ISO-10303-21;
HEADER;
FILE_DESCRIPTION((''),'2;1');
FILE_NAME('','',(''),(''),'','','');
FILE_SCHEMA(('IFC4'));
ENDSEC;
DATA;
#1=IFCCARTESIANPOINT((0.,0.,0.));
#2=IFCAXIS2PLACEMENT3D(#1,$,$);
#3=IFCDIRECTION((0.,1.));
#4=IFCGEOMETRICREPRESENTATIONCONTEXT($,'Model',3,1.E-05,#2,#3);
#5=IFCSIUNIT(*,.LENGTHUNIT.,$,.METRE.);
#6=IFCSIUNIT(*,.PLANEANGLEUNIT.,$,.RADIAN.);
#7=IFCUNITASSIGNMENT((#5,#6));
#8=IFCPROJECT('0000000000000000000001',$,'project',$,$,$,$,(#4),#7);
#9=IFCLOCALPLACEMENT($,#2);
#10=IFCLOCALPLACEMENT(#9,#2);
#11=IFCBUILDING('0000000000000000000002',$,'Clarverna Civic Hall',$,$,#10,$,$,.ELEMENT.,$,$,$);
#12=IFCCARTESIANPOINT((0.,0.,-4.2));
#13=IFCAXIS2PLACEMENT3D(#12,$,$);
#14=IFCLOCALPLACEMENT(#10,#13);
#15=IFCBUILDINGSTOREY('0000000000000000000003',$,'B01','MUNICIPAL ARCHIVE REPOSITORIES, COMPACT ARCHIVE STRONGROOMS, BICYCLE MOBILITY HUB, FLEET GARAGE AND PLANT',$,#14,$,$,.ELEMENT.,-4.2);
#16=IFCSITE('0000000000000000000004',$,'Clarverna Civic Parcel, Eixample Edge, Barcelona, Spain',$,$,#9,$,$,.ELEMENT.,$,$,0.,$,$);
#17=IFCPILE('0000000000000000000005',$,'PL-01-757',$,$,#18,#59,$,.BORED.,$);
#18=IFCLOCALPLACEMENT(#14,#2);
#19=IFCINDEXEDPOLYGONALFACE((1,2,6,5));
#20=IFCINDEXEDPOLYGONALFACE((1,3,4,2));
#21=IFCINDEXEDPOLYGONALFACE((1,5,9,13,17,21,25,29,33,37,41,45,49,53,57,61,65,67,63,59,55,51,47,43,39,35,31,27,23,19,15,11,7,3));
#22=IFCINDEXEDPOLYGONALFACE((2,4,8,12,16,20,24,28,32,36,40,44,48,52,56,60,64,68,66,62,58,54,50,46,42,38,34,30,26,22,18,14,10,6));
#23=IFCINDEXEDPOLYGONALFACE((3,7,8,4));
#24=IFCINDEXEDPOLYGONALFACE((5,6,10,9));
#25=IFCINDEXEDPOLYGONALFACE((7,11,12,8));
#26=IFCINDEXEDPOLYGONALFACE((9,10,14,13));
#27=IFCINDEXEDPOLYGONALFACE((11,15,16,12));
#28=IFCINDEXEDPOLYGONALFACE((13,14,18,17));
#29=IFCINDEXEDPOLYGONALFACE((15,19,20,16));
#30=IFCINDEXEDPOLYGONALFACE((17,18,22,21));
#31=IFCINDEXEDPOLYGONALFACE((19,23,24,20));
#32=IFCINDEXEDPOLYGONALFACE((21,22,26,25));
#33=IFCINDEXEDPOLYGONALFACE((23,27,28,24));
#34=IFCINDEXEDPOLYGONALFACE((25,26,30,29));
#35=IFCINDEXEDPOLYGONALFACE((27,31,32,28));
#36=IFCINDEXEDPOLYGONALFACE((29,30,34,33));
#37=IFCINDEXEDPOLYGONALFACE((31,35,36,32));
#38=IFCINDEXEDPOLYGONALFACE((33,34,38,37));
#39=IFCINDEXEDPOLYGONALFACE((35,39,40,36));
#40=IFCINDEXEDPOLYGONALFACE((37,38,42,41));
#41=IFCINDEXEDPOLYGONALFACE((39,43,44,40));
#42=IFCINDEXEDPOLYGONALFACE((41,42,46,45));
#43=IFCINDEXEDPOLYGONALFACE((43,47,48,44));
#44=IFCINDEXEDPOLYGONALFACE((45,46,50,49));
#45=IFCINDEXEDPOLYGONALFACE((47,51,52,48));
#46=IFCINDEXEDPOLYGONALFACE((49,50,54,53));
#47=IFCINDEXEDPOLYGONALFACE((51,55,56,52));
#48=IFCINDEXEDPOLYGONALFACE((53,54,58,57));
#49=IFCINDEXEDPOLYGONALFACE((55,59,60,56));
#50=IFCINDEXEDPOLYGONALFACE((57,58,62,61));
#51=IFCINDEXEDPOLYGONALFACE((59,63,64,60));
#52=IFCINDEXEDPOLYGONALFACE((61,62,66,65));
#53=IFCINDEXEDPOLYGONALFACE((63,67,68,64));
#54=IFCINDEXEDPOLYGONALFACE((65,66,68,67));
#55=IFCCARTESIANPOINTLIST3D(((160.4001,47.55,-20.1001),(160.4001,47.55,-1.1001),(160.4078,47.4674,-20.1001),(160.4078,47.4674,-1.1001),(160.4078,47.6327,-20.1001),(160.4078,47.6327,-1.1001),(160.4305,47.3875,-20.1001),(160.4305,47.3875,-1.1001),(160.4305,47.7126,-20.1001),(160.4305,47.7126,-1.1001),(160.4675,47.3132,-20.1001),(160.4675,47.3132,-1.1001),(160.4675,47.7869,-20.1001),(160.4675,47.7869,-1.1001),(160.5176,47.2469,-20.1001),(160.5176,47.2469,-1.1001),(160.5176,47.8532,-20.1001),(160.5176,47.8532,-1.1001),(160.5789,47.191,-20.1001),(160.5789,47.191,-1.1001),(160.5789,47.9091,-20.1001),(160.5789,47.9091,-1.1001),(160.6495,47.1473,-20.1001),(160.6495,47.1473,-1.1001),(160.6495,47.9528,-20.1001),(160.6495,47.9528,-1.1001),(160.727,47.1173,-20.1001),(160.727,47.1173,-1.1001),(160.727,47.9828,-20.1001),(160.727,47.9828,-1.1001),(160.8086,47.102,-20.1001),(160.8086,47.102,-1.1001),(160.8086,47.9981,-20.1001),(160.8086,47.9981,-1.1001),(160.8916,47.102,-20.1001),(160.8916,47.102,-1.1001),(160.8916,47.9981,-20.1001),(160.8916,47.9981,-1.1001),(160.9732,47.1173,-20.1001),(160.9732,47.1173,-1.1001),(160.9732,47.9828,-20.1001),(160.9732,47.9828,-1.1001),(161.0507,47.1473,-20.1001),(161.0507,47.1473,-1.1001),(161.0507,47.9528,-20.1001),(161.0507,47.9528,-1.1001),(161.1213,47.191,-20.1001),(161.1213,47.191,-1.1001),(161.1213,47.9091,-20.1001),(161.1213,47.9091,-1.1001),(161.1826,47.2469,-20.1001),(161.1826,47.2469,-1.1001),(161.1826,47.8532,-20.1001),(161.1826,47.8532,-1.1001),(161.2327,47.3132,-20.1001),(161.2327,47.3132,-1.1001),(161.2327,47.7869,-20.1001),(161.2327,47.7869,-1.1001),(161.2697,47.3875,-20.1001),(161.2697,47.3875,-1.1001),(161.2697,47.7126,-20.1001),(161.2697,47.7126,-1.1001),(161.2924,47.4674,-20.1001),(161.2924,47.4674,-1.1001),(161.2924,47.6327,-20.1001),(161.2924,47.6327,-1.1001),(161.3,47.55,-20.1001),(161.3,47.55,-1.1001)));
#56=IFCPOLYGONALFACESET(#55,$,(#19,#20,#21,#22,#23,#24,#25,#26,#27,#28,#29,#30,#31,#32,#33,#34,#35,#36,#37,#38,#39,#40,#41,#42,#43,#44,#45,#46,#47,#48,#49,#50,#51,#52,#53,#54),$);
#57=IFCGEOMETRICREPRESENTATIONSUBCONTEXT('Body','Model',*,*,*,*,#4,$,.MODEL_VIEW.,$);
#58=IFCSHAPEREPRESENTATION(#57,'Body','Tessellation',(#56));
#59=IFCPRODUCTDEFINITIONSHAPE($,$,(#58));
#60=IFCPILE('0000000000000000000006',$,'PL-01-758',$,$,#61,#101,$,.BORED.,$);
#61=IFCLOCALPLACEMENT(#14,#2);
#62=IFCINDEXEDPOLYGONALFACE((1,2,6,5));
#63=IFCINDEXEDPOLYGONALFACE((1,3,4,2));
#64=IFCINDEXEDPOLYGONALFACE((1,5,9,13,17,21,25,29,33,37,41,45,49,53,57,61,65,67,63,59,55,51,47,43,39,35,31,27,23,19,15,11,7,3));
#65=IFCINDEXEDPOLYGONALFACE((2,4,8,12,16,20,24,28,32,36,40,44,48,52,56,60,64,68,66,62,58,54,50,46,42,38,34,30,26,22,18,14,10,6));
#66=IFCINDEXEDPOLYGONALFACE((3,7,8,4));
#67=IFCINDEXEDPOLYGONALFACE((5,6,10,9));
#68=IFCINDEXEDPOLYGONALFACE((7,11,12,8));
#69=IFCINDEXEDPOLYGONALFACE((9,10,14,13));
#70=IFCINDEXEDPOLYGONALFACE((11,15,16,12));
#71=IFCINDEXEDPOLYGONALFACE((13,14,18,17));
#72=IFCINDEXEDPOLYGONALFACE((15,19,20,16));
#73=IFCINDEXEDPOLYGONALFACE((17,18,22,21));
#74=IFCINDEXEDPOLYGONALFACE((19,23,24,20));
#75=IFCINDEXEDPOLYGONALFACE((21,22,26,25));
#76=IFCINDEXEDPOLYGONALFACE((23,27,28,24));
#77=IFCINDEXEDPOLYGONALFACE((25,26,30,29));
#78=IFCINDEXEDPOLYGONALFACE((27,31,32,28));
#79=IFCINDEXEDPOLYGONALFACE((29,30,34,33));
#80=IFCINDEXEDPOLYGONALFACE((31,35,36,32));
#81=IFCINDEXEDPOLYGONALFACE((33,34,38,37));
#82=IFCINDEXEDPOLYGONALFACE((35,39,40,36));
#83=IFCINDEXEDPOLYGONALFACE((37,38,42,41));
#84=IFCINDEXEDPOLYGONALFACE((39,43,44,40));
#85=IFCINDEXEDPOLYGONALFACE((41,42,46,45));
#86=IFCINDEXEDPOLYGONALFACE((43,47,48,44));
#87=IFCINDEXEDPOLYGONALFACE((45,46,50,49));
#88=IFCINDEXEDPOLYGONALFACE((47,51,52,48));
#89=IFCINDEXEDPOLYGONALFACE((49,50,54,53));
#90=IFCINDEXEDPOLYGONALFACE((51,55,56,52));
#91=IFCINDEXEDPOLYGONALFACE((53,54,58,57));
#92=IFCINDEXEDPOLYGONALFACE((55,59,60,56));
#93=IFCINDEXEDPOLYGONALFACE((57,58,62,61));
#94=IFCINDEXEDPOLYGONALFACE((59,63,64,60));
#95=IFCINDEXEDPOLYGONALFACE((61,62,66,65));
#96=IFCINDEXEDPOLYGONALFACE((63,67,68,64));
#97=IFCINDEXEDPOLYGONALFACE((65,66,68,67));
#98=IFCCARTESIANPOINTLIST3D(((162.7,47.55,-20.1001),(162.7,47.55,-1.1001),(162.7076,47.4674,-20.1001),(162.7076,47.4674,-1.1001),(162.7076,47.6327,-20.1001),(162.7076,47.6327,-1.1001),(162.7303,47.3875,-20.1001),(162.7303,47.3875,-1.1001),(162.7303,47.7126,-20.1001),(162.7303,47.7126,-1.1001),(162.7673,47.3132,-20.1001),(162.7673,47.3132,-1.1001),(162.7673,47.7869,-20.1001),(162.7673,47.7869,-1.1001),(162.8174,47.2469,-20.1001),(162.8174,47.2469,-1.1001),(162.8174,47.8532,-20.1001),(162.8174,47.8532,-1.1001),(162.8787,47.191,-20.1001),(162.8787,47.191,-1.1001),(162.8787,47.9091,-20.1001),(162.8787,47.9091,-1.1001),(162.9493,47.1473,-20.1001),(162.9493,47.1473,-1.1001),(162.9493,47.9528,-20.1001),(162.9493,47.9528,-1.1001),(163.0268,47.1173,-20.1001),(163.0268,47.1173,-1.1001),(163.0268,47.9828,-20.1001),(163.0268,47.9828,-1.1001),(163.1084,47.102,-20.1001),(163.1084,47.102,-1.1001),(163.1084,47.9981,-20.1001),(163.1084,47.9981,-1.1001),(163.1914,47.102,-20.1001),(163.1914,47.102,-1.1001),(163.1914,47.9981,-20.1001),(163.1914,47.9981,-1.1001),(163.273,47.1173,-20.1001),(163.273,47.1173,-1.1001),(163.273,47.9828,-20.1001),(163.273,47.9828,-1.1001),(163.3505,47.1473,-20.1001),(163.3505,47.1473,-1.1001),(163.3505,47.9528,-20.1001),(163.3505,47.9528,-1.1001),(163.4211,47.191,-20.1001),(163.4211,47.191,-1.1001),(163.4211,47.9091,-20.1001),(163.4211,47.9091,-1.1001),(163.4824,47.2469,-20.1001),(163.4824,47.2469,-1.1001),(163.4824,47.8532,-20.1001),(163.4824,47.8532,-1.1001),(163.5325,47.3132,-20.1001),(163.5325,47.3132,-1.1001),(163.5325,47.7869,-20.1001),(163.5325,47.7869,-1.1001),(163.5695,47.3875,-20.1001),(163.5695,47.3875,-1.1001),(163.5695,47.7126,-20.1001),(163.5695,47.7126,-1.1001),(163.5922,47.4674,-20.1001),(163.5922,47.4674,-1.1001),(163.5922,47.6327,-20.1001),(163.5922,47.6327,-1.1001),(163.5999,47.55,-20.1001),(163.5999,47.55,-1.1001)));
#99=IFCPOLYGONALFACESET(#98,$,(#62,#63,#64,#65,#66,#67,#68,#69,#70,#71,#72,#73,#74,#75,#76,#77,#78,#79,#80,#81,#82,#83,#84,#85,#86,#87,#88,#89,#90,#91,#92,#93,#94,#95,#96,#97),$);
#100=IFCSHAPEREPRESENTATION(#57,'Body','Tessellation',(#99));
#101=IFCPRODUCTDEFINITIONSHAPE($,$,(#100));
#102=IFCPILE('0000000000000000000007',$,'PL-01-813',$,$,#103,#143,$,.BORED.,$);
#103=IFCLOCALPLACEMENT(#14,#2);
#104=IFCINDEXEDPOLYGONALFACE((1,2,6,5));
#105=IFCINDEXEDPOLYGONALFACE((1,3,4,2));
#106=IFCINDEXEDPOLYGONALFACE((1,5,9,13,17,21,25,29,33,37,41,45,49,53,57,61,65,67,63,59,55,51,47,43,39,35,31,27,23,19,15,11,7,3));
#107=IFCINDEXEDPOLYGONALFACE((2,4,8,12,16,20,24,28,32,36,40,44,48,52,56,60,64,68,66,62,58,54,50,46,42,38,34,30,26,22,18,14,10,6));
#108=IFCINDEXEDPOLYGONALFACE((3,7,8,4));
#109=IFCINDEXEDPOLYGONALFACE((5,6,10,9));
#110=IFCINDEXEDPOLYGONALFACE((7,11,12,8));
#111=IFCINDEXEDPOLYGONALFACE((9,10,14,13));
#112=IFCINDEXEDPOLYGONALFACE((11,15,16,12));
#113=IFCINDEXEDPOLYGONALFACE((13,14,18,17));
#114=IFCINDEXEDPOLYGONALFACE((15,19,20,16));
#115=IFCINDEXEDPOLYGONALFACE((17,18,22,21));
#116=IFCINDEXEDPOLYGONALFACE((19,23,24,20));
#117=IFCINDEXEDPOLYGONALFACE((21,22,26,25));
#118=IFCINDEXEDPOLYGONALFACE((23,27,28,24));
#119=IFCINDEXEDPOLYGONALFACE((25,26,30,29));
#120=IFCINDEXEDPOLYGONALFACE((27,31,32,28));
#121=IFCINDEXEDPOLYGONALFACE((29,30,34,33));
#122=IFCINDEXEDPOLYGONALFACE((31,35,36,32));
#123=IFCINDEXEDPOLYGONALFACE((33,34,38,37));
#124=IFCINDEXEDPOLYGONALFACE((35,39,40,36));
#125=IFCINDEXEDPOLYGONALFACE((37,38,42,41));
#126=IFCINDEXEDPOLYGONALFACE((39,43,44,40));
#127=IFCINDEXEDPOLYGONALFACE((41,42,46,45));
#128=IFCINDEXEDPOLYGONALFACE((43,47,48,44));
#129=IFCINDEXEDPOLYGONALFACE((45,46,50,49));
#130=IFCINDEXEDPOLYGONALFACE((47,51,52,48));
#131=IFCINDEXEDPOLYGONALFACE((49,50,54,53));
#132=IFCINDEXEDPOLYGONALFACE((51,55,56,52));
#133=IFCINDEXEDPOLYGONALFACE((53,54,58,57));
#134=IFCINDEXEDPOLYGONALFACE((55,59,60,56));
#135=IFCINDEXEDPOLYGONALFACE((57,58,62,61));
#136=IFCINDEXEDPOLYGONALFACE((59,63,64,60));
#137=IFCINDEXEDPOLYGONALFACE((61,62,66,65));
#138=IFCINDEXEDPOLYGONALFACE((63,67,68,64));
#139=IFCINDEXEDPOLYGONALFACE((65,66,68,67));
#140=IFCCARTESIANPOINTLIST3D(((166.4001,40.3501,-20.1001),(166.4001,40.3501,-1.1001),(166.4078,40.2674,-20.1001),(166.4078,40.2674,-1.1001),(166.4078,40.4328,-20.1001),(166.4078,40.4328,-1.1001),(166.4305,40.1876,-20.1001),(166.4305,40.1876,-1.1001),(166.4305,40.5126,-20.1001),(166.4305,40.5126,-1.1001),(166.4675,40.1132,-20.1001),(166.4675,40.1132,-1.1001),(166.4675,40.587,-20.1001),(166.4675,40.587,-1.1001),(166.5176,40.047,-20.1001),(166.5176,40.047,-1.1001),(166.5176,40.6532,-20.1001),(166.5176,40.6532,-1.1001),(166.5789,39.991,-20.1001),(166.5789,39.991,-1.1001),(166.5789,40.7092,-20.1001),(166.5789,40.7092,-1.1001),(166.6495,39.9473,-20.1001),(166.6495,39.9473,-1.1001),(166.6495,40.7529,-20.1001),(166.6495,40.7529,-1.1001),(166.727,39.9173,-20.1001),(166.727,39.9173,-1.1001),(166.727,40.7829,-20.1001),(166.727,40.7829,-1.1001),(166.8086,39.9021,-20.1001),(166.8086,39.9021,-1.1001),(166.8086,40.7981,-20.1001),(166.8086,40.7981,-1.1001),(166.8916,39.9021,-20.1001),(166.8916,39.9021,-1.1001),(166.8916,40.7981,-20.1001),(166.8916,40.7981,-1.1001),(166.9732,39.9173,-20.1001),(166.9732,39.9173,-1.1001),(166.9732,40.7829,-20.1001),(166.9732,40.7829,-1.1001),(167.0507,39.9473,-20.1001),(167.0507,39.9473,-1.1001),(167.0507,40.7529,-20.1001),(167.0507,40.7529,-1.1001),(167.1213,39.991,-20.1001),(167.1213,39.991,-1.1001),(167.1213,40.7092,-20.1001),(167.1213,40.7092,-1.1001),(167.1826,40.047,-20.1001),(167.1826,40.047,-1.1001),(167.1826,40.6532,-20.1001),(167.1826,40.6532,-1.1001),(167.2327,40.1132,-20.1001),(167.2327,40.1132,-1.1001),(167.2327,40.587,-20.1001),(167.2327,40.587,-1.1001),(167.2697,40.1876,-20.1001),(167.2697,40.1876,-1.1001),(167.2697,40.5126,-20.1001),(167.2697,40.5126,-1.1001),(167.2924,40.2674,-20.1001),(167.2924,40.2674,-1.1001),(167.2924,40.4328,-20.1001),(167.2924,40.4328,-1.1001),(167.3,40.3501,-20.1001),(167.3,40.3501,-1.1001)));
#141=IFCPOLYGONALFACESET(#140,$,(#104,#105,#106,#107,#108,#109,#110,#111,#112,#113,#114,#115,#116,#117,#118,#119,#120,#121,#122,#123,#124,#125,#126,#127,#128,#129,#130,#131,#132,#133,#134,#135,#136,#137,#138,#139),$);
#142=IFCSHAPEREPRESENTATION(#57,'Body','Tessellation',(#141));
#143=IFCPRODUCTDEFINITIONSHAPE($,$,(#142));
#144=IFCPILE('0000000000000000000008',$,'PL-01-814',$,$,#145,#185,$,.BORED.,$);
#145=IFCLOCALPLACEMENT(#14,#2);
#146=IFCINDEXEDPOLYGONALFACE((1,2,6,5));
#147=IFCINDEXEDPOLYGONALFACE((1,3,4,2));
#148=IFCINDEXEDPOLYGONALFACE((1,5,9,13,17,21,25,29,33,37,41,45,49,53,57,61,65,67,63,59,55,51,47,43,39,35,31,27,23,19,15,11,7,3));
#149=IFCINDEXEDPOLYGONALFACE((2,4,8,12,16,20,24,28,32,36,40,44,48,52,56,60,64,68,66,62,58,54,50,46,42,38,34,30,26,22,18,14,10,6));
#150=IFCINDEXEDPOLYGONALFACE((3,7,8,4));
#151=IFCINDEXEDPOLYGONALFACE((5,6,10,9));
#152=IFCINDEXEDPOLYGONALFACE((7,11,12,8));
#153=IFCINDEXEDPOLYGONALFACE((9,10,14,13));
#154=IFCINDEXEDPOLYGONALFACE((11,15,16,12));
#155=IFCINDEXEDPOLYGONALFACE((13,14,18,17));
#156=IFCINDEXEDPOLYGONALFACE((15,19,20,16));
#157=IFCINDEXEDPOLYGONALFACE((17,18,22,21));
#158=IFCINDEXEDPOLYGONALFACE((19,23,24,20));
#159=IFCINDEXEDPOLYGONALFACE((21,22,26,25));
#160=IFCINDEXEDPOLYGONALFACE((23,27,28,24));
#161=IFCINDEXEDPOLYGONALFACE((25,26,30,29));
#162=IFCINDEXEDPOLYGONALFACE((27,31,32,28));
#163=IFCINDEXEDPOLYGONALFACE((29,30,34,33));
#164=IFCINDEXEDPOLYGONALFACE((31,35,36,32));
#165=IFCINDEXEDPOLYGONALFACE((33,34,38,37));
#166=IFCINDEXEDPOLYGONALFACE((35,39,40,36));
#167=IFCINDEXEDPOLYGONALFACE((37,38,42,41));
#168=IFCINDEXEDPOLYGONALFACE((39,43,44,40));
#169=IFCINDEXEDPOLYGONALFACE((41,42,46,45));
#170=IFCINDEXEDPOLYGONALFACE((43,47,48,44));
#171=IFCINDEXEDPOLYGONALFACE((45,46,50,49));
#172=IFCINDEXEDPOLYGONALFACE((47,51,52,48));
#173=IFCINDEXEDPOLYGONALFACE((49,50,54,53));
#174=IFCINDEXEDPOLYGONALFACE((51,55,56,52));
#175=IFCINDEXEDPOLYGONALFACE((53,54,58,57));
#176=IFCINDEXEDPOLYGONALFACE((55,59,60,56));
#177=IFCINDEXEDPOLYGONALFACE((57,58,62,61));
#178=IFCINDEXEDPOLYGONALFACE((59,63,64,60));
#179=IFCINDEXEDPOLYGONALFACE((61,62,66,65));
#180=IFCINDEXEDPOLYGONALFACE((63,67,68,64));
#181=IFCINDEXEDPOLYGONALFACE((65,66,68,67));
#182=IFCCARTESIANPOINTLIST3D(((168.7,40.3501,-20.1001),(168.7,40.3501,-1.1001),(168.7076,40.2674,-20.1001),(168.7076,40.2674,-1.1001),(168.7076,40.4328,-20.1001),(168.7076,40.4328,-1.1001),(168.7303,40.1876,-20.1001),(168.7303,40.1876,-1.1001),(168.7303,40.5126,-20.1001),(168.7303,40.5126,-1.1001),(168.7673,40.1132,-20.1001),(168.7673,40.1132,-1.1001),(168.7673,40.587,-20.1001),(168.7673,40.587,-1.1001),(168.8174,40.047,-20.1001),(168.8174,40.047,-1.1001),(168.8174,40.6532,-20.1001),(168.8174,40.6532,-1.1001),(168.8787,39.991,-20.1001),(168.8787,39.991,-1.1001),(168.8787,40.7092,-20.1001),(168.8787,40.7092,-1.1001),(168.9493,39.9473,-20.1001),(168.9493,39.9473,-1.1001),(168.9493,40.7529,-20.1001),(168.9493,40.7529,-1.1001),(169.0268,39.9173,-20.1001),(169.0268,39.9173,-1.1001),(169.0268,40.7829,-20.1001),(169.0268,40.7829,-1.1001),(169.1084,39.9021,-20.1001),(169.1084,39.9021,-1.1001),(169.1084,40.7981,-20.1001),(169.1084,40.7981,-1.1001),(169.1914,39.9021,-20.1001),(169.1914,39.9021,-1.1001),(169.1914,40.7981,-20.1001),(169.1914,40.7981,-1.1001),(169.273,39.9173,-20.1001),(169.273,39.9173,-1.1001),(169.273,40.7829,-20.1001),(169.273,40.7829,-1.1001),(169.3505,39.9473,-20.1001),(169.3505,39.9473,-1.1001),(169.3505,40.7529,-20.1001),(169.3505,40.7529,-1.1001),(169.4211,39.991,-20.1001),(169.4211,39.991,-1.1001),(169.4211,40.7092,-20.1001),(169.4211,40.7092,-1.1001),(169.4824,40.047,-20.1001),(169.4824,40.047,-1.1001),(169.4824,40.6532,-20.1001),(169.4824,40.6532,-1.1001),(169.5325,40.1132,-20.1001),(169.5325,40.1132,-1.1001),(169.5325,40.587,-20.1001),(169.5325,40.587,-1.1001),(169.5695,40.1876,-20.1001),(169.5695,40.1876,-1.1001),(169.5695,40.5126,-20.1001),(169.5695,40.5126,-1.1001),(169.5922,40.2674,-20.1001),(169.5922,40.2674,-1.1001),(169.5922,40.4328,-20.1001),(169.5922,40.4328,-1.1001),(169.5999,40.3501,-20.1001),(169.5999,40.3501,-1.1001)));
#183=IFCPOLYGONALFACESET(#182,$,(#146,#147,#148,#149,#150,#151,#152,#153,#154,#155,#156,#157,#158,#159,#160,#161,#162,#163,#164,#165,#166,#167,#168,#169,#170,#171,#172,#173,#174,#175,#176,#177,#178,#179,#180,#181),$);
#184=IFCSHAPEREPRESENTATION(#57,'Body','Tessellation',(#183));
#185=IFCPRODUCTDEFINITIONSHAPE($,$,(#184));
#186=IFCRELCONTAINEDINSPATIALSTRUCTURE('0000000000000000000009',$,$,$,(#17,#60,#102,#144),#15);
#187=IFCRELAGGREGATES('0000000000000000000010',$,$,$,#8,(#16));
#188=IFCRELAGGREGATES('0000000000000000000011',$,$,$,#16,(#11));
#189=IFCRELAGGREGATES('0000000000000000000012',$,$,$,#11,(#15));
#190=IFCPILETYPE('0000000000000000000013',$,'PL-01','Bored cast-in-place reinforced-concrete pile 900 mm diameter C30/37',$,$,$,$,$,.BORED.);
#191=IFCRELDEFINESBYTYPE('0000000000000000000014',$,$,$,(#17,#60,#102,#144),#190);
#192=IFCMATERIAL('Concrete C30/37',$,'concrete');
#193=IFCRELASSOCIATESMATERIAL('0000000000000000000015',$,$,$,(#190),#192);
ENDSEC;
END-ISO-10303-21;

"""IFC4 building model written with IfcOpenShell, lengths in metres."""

from ifc_helpers import new_model, si_unit, direction, frame, origin, origin_2d, place, context, subcontext, project, spatial, circle, extrude, material, material_profile, profile_set, type_object, element, save


model = new_model("IFC4")

# Units and contexts
model_context = context("Model", 3, precision=1e-05, world=origin(), true_north=direction((0.0, 1.0)))
body_context = subcontext(model_context, "Body", "Model", "MODEL_VIEW")
ifc_project = project(units=[si_unit("LENGTHUNIT", "METRE"), si_unit("PLANEANGLEUNIT", "RADIAN")], contexts=[model_context])

# Site, building, storey
site_placement = place(None, origin())
site = spatial("IfcSite", under=ifc_project, at=site_placement, Name="Clarverna Civic Parcel, Eixample Edge, Barcelona, Spain", CompositionType="ELEMENT", RefElevation=0.0)
building_placement = place(site_placement, origin())
building = spatial("IfcBuilding", under=site, at=building_placement, Name="Clarverna Civic Hall", CompositionType="ELEMENT")
storey_placement = place(building_placement, frame((0.0, 0.0, -4.2)))
storey = spatial("IfcBuildingStorey", under=building, at=storey_placement, Name="B01", Description="MUNICIPAL ARCHIVE REPOSITORIES, COMPACT ARCHIVE STRONGROOMS, BICYCLE MOBILITY HUB, FLEET GARAGE AND PLANT", CompositionType="ELEMENT", Elevation=-4.2)

# Shared definitions
ifc_material_1 = material(Name="Concrete C30/37", Category="concrete")

# Piles
ifc_material_profile_1 = material_profile(ifc_material_1, circle(Radius=0.45, at=origin_2d()), Name="BORED PILE D900")
ifc_profile_set_1 = profile_set([ifc_material_profile_1], Name="Concrete C30/37")
pile_type = type_object("IfcPileType", Name="PL-01", Description="Bored cast-in-place reinforced-concrete pile 900 mm diameter C30/37", PredefinedType="BORED", material=ifc_profile_set_1)
for number, where, z_axis, x_axis, name in (
    (1, (160.8501, 47.55, -1.1001), (0.0, 0.0, -1.0), (1.0, 0.0, 0.0), "PL-01-757"),
    (2, (163.1499, 47.55, -1.1001), (0.0, 0.0, -1.0), (1.0, 0.0, 0.0), "PL-01-758"),
    (3, (166.8501, 40.3501, -1.1001), (0.0, 0.0, -1.0), (1.0, 0.0, 0.0), "PL-01-813"),
    (4, (169.1499, 40.3501, -1.1001), (0.0, 0.0, -1.0), (1.0, 0.0, 0.0), "PL-01-814"),
):
    element("IfcPile", number, at=place(storey_placement, frame(where, z_axis=z_axis, x_axis=x_axis)), inside=storey, type_object=pile_type, Name=name, PredefinedType="BORED", context=body_context, shape_type="SweptSolid", body=[
        extrude(circle(Radius=0.45, at=origin_2d()), origin(), (0.0, 0.0, 1.0), 19.0),
    ])

save(model, "model.ifc")
